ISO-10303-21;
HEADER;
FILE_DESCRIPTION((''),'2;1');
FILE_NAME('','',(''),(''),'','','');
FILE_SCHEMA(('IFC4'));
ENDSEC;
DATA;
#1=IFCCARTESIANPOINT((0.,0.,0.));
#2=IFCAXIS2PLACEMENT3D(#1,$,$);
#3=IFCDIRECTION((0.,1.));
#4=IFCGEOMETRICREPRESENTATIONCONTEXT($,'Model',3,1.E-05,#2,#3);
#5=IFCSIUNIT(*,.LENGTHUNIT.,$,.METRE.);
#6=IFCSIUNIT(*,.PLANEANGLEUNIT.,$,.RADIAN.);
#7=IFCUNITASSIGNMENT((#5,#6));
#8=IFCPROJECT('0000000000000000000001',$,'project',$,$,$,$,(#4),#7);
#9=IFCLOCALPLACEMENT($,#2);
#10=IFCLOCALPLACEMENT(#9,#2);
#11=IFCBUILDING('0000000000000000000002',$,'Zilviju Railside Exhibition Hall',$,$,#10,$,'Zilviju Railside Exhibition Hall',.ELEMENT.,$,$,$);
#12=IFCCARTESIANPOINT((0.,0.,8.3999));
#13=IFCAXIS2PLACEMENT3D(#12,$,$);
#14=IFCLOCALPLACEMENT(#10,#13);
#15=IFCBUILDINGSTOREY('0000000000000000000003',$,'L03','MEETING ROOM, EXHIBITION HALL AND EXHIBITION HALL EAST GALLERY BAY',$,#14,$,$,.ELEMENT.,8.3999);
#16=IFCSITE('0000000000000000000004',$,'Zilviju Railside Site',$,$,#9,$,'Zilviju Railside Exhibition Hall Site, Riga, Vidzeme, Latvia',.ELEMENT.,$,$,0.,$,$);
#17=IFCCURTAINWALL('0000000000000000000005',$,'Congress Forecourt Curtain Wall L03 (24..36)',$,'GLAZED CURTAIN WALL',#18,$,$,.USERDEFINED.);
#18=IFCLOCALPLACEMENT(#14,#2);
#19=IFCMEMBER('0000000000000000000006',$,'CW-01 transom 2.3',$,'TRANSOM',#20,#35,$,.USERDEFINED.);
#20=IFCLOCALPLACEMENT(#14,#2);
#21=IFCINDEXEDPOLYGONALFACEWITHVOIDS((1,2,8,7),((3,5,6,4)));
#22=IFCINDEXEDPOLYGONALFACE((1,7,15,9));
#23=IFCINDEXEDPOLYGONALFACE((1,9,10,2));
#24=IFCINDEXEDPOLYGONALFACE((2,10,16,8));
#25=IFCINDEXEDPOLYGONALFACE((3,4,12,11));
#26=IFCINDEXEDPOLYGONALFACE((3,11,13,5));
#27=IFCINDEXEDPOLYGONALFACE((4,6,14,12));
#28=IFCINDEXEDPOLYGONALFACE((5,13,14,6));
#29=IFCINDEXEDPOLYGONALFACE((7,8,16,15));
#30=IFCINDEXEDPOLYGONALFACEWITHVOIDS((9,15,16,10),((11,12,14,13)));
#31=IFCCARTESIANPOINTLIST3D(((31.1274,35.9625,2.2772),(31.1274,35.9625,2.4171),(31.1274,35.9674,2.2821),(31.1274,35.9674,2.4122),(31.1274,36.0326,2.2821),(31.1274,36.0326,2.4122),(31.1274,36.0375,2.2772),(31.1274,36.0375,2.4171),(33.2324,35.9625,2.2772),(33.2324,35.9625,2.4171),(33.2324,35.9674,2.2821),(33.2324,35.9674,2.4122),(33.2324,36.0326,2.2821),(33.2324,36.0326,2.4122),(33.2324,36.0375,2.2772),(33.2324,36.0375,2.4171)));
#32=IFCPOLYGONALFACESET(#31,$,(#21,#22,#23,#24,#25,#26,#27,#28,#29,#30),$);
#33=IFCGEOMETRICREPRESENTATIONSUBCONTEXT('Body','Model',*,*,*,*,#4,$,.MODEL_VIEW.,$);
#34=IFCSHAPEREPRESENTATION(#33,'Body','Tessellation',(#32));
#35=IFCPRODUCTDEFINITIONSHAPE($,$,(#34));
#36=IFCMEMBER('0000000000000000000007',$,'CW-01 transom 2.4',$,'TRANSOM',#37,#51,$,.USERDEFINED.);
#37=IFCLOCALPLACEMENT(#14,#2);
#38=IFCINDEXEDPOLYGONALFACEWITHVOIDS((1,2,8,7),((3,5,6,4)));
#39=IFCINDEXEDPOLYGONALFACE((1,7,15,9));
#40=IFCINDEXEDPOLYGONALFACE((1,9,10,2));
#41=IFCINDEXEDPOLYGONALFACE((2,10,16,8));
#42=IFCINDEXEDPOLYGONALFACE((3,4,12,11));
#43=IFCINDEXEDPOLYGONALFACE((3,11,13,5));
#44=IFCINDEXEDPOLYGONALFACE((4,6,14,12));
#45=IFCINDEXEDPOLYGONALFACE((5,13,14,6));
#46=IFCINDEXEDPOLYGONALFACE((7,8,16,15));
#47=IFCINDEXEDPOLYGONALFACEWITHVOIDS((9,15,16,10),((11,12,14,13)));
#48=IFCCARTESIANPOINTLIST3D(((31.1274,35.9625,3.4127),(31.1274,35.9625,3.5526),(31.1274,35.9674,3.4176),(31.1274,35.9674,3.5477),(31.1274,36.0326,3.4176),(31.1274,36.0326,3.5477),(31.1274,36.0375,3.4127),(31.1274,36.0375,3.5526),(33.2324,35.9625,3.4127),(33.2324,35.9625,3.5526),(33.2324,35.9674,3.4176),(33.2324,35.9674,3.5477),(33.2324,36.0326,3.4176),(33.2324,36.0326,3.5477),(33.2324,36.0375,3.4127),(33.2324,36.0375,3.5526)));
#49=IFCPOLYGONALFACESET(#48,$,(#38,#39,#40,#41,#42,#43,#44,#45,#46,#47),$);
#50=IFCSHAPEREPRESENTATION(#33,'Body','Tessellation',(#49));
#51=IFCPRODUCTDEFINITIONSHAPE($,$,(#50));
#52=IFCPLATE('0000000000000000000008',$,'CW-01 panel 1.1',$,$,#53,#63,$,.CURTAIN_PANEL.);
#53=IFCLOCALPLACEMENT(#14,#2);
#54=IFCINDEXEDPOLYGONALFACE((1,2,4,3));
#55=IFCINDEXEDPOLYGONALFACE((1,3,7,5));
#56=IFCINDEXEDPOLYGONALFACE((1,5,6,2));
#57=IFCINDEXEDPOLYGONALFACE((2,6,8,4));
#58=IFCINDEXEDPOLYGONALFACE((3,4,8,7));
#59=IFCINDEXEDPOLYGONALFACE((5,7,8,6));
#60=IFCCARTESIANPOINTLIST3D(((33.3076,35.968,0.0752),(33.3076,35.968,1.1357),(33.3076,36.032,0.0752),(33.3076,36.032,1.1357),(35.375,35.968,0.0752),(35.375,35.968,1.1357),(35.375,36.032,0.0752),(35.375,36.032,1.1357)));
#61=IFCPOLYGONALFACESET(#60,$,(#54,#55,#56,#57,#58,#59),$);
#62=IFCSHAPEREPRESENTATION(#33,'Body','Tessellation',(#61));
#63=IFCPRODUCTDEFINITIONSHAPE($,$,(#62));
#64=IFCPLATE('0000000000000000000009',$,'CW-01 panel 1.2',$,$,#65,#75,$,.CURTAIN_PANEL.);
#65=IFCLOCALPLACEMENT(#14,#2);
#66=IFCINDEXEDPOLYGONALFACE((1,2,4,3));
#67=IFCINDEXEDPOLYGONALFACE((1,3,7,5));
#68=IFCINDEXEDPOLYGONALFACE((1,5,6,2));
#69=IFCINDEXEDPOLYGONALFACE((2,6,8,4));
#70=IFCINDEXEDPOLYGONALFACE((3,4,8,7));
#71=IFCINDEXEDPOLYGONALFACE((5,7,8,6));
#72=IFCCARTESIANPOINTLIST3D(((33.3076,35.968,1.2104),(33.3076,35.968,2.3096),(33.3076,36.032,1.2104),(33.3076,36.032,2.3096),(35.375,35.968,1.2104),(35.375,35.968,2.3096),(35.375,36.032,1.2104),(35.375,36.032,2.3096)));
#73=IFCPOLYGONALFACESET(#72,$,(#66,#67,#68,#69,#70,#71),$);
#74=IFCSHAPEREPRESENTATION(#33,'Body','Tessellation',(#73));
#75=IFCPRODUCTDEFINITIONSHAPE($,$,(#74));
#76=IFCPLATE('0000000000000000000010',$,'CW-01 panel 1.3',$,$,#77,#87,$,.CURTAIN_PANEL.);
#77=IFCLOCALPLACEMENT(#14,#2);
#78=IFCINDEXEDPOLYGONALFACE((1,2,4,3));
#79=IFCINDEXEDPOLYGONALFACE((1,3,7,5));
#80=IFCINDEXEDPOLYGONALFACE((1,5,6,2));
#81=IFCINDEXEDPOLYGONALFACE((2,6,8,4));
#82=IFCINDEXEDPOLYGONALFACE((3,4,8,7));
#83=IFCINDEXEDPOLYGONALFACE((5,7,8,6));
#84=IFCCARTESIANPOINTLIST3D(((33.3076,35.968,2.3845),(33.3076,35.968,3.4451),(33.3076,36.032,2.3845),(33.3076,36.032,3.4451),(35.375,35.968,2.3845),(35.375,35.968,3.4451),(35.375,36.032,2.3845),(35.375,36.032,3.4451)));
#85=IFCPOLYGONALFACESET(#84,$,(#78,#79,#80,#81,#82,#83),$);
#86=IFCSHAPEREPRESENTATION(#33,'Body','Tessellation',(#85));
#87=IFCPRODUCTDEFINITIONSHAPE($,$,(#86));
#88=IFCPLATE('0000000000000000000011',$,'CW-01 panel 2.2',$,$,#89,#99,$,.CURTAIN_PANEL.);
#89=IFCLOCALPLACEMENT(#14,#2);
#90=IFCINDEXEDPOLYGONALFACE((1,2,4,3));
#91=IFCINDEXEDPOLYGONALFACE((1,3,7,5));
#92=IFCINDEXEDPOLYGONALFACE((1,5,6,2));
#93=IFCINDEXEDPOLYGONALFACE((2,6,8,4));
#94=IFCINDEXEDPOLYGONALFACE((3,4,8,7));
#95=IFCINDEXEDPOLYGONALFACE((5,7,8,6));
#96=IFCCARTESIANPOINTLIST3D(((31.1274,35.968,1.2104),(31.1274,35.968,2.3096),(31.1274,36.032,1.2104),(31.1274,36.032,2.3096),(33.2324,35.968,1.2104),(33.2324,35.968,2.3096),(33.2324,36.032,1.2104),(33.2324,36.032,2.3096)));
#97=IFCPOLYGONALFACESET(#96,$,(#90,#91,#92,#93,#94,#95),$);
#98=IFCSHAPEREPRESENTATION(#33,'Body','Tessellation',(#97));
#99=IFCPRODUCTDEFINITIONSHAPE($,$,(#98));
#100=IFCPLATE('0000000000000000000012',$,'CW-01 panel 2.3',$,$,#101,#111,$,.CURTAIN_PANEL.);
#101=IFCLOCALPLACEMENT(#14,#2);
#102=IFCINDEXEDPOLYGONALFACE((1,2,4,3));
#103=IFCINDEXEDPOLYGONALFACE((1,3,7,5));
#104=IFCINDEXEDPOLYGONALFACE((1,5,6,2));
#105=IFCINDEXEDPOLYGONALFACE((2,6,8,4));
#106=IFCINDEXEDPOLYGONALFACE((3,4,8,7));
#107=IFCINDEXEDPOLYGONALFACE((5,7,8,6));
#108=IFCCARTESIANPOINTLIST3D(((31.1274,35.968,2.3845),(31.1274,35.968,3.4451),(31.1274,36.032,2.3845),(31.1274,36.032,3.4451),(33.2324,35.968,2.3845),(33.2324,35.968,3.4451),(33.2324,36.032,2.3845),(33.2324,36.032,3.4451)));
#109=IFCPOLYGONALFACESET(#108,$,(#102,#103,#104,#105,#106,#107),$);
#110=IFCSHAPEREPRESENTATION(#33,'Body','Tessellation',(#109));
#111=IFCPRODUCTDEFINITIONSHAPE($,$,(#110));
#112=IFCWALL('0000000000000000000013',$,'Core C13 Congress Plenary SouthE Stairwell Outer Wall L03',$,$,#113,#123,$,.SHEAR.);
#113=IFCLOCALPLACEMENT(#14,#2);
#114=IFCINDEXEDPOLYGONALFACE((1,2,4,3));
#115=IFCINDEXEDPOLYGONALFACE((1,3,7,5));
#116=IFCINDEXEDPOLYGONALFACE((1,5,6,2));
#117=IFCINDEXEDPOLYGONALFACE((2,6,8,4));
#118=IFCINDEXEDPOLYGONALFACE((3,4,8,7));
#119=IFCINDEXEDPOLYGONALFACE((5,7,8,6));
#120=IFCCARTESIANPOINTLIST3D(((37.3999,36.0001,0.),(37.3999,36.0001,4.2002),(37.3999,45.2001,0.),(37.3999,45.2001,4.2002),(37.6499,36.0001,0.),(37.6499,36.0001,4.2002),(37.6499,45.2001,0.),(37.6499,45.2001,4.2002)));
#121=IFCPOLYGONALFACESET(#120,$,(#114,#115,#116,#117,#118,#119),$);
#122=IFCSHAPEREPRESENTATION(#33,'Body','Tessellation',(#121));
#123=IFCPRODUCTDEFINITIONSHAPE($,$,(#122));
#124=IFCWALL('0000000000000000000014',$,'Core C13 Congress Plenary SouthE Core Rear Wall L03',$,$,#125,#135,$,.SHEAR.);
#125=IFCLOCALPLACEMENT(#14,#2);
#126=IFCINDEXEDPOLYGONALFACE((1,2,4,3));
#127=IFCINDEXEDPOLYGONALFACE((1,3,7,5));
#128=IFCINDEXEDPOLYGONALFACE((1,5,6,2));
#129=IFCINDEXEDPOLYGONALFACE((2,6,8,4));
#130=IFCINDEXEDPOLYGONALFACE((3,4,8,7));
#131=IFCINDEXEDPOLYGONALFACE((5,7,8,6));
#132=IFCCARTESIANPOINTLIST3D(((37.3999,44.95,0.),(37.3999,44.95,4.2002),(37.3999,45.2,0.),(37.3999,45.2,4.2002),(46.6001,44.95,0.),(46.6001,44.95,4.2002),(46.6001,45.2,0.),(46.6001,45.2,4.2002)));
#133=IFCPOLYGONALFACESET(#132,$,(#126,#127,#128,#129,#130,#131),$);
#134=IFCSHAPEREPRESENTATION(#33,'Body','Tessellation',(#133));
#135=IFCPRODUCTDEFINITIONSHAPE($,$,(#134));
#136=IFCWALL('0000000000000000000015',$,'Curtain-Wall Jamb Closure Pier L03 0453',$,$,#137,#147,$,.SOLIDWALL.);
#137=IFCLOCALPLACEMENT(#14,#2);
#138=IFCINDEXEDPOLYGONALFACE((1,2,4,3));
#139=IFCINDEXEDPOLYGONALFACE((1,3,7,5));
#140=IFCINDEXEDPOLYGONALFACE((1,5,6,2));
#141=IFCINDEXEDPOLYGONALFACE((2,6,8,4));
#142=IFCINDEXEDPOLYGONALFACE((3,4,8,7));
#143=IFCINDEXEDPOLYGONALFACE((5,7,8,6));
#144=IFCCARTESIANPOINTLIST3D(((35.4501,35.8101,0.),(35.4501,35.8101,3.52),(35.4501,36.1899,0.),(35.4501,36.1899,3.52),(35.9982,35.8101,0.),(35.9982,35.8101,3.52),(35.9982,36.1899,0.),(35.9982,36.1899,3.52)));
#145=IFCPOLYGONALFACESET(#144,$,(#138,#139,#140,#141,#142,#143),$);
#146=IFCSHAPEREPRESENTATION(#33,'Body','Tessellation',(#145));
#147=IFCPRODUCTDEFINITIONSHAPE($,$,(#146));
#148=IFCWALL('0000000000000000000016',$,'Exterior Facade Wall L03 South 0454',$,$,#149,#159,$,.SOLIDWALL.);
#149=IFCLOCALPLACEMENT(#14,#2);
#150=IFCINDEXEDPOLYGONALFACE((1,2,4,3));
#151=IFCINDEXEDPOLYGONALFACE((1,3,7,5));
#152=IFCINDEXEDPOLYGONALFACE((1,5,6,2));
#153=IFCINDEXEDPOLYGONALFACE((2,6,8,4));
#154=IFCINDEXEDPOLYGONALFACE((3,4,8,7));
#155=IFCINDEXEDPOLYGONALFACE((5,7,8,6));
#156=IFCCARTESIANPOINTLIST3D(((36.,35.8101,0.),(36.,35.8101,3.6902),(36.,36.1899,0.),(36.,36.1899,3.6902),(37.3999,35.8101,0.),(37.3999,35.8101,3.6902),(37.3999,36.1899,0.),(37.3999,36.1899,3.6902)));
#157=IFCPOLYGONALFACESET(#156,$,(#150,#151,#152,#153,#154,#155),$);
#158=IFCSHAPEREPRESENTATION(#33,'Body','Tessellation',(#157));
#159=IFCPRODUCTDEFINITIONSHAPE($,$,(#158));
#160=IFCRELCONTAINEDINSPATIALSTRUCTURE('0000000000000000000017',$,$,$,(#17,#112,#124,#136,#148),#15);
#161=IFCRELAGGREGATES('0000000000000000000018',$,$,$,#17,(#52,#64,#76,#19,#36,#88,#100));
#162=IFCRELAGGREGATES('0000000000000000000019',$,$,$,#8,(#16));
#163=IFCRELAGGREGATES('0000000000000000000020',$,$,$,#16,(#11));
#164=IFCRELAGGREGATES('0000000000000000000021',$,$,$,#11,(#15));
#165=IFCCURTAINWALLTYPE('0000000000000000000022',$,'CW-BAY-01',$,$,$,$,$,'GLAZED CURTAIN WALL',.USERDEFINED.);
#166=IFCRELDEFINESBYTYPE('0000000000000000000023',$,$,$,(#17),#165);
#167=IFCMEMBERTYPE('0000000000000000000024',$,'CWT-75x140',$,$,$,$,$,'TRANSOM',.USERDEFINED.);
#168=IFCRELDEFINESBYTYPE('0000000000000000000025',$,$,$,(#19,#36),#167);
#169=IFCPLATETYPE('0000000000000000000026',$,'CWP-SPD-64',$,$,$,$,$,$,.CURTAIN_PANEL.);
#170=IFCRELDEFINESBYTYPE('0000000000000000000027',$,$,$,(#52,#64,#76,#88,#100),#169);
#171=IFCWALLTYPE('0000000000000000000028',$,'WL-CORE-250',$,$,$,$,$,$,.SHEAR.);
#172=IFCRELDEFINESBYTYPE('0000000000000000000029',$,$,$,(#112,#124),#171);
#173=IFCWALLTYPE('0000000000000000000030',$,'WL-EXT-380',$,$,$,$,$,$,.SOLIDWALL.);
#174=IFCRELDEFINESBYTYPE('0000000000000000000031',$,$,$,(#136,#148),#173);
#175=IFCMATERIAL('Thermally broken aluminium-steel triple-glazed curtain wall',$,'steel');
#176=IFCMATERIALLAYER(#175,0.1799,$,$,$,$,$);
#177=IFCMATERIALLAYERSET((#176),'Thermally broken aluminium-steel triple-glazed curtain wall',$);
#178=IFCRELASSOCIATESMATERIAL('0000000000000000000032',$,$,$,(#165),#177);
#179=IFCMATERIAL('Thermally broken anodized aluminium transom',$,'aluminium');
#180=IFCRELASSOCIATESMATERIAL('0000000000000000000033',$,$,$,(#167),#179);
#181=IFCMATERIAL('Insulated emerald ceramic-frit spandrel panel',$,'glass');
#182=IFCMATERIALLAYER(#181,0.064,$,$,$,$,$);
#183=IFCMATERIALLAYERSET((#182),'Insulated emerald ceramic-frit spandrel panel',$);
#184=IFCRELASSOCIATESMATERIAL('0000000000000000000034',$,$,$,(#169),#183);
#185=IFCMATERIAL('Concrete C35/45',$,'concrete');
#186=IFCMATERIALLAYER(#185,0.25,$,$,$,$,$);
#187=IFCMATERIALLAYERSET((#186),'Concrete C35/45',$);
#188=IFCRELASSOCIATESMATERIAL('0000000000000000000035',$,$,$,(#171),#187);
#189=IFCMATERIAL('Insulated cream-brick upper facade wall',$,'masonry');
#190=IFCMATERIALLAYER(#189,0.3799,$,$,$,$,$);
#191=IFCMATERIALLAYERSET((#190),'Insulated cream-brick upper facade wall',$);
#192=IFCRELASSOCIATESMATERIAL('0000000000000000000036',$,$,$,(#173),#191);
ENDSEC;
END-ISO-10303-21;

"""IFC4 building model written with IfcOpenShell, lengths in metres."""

from ifc_helpers import new_model, si_unit, direction, frame, frame_2d, origin, origin_2d, place, context, subcontext, project, spatial, rectangle, hollow_rectangle, extrude, material, layer, layer_set, material_profile, profile_set, type_object, element, aggregate, save


model = new_model("IFC4")

# Units and contexts
model_context = context("Model", 3, precision=1e-05, world=origin(), true_north=direction((0.0, 1.0)))
body_context = subcontext(model_context, "Body", "Model", "MODEL_VIEW")
ifc_project = project(units=[si_unit("LENGTHUNIT", "METRE"), si_unit("PLANEANGLEUNIT", "RADIAN")], contexts=[model_context])

# Site, building, storey
site_placement = place(None, origin())
site = spatial("IfcSite", under=ifc_project, at=site_placement, Name="Zilviju Railside Site", LongName="Zilviju Railside Exhibition Hall Site, Riga, Vidzeme, Latvia", CompositionType="ELEMENT", RefElevation=0.0)
building_placement = place(site_placement, origin())
building = spatial("IfcBuilding", under=site, at=building_placement, Name="Zilviju Railside Exhibition Hall", LongName="Zilviju Railside Exhibition Hall", CompositionType="ELEMENT")
storey_placement = place(building_placement, frame((0.0, 0.0, 8.3999)))
storey = spatial("IfcBuildingStorey", under=building, at=storey_placement, Name="L03", Description="MEETING ROOM, EXHIBITION HALL AND EXHIBITION HALL EAST GALLERY BAY", CompositionType="ELEMENT", Elevation=8.3999)

# Curtain wall, members, plates
ifc_material_1 = material(Name="Thermally broken aluminium-steel triple-glazed curtain wall", Category="steel")
ifc_layer_1 = layer(ifc_material_1, 0.1799)
ifc_layer_set_1 = layer_set([ifc_layer_1], Name="Thermally broken aluminium-steel triple-glazed curtain wall")
curtain_wall_type = type_object("IfcCurtainWallType", Name="CW-BAY-01", ElementType="GLAZED CURTAIN WALL", PredefinedType="USERDEFINED", material=ifc_layer_set_1)
curtain_wall_placement = place(storey_placement, origin())
curtain_wall = element("IfcCurtainWall", 1, at=curtain_wall_placement, inside=storey, type_object=curtain_wall_type, Name="Congress Forecourt Curtain Wall L03 (24..36)", ObjectType="GLAZED CURTAIN WALL", PredefinedType="USERDEFINED")
ifc_material_2 = material(Name="Thermally broken anodized aluminium transom", Category="aluminium")
ifc_material_profile_1 = material_profile(ifc_material_2, hollow_rectangle(XDim=0.075, YDim=0.1399, WallThickness=0.0049, at=origin_2d()), Name="TRANSOM 140x75x5")
ifc_profile_set_1 = profile_set([ifc_material_profile_1], Name="Thermally broken anodized aluminium transom")
member_type_1 = type_object("IfcMemberType", Name="CWT-75x140", ElementType="TRANSOM", PredefinedType="USERDEFINED", material=ifc_profile_set_1)
member_1_placement = place(storey_placement, frame((33.2324, 36.0, 2.3472), z_axis=(-1.0, 0.0, 0.0), x_axis=(0.0, -1.0, 0.0)))
member_1 = element("IfcMember", 2, at=member_1_placement, type_object=member_type_1, Name="CW-01 transom 2.3", ObjectType="TRANSOM", PredefinedType="USERDEFINED", context=body_context, shape_type="SweptSolid", body=[
    extrude(hollow_rectangle(XDim=0.075, YDim=0.1399, WallThickness=0.0049, at=origin_2d()), origin(), (0.0, 0.0, 1.0), 2.105),
])
member_2_placement = place(storey_placement, frame((33.2324, 36.0, 3.4827), z_axis=(-1.0, 0.0, 0.0), x_axis=(0.0, -1.0, 0.0)))
member_2 = element("IfcMember", 3, at=member_2_placement, type_object=member_type_1, Name="CW-01 transom 2.4", ObjectType="TRANSOM", PredefinedType="USERDEFINED", context=body_context, shape_type="SweptSolid", body=[
    extrude(hollow_rectangle(XDim=0.075, YDim=0.1399, WallThickness=0.0049, at=origin_2d()), origin(), (0.0, 0.0, 1.0), 2.105),
])
ifc_material_3 = material(Name="Insulated emerald ceramic-frit spandrel panel", Category="glass")
ifc_layer_2 = layer(ifc_material_3, 0.064)
ifc_layer_set_2 = layer_set([ifc_layer_2], Name="Insulated emerald ceramic-frit spandrel panel")
plate_type = type_object("IfcPlateType", Name="CWP-SPD-64", PredefinedType="CURTAIN_PANEL", material=ifc_layer_set_2)
plate_1_placement = place(storey_placement, frame((34.3413, 36.0, 0.0752), z_axis=(0.0, 0.0, 1.0), x_axis=(-1.0, 0.0, 0.0)))
plate_1 = element("IfcPlate", 4, at=plate_1_placement, type_object=plate_type, Name="CW-01 panel 1.1", PredefinedType="CURTAIN_PANEL", context=body_context, shape_type="SweptSolid", body=[
    extrude(rectangle(XDim=2.0674, YDim=0.064, at=origin_2d()), origin(), (0.0, 0.0, 1.0), 1.0605),
])
plate_2_placement = place(storey_placement, frame((34.3413, 36.0, 1.2104), z_axis=(0.0, 0.0, 1.0), x_axis=(-1.0, 0.0, 0.0)))
plate_2 = element("IfcPlate", 5, at=plate_2_placement, type_object=plate_type, Name="CW-01 panel 1.2", PredefinedType="CURTAIN_PANEL", context=body_context, shape_type="SweptSolid", body=[
    extrude(rectangle(XDim=2.0674, YDim=0.064, at=origin_2d()), origin(), (0.0, 0.0, 1.0), 1.0991),
])
plate_3_placement = place(storey_placement, frame((34.3413, 36.0, 2.3845), z_axis=(0.0, 0.0, 1.0), x_axis=(-1.0, 0.0, 0.0)))
plate_3 = element("IfcPlate", 6, at=plate_3_placement, type_object=plate_type, Name="CW-01 panel 1.3", PredefinedType="CURTAIN_PANEL", context=body_context, shape_type="SweptSolid", body=[
    extrude(rectangle(XDim=2.0674, YDim=0.064, at=origin_2d()), origin(), (0.0, 0.0, 1.0), 1.0605),
])
plate_4_placement = place(storey_placement, frame((32.1799, 36.0, 1.2104), z_axis=(0.0, 0.0, 1.0), x_axis=(-1.0, 0.0, 0.0)))
plate_4 = element("IfcPlate", 7, at=plate_4_placement, type_object=plate_type, Name="CW-01 panel 2.2", PredefinedType="CURTAIN_PANEL", context=body_context, shape_type="SweptSolid", body=[
    extrude(rectangle(XDim=2.105, YDim=0.064, at=origin_2d()), origin(), (0.0, 0.0, 1.0), 1.0991),
])
plate_5_placement = place(storey_placement, frame((32.1799, 36.0, 2.3845), z_axis=(0.0, 0.0, 1.0), x_axis=(-1.0, 0.0, 0.0)))
plate_5 = element("IfcPlate", 8, at=plate_5_placement, type_object=plate_type, Name="CW-01 panel 2.3", PredefinedType="CURTAIN_PANEL", context=body_context, shape_type="SweptSolid", body=[
    extrude(rectangle(XDim=2.105, YDim=0.064, at=origin_2d()), origin(), (0.0, 0.0, 1.0), 1.0605),
])
aggregate(curtain_wall, [plate_1, plate_2, plate_3, member_1, member_2, plate_4, plate_5])

# Walls
ifc_material_4 = material(Name="Concrete C35/45", Category="concrete")
ifc_layer_3 = layer(ifc_material_4, 0.25)
ifc_layer_set_3 = layer_set([ifc_layer_3], Name="Concrete C35/45")
wall_type_1 = type_object("IfcWallType", Name="WL-CORE-250", PredefinedType="SHEAR", material=ifc_layer_set_3)
wall_1_placement = place(storey_placement, frame((37.5249, 36.0, 0.0), z_axis=(0.0, 0.0, 1.0), x_axis=(0.0, 1.0, 0.0)))
element("IfcWall", 9, at=wall_1_placement, inside=storey, type_object=wall_type_1, Name="Core C13 Congress Plenary SouthE Stairwell Outer Wall L03", PredefinedType="SHEAR", context=body_context, shape_type="SweptSolid", body=[
    extrude(rectangle(XDim=9.2, YDim=0.25, at=frame_2d((4.6001, 0.0))), origin(), (0.0, 0.0, 1.0), 4.2002),
])
wall_2_placement = place(storey_placement, frame((37.3999, 45.075, 0.0), z_axis=(0.0, 0.0, 1.0), x_axis=(1.0, 0.0, 0.0)))
element("IfcWall", 10, at=wall_2_placement, inside=storey, type_object=wall_type_1, Name="Core C13 Congress Plenary SouthE Core Rear Wall L03", PredefinedType="SHEAR", context=body_context, shape_type="SweptSolid", body=[
    extrude(rectangle(XDim=9.2002, YDim=0.25, at=frame_2d((4.6001, 0.0))), origin(), (0.0, 0.0, 1.0), 4.2002),
])
ifc_material_5 = material(Name="Insulated cream-brick upper facade wall", Category="masonry")
ifc_layer_4 = layer(ifc_material_5, 0.3799)
ifc_layer_set_4 = layer_set([ifc_layer_4], Name="Insulated cream-brick upper facade wall")
wall_type_2 = type_object("IfcWallType", Name="WL-EXT-380", PredefinedType="SOLIDWALL", material=ifc_layer_set_4)
wall_3_placement = place(storey_placement, frame((35.998, 36.0, 0.0), z_axis=(0.0, 0.0, 1.0), x_axis=(-1.0, 0.0, 0.0)))
element("IfcWall", 11, at=wall_3_placement, inside=storey, type_object=wall_type_2, Name="Curtain-Wall Jamb Closure Pier L03 0453", PredefinedType="SOLIDWALL", context=body_context, shape_type="SweptSolid", body=[
    extrude(rectangle(XDim=0.5481, YDim=0.3799, at=frame_2d((0.2739, 0.0))), origin(), (0.0, 0.0, 1.0), 3.52),
])
wall_4_placement = place(storey_placement, frame((37.3999, 36.0, 0.0), z_axis=(0.0, 0.0, 1.0), x_axis=(-1.0, 0.0, 0.0)))
element("IfcWall", 12, at=wall_4_placement, inside=storey, type_object=wall_type_2, Name="Exterior Facade Wall L03 South 0454", PredefinedType="SOLIDWALL", context=body_context, shape_type="SweptSolid", body=[
    extrude(rectangle(XDim=1.3999, YDim=0.3799, at=frame_2d((0.7, 0.0))), origin(), (0.0, 0.0, 1.0), 3.6902),
])

save(model, "model.ifc")
